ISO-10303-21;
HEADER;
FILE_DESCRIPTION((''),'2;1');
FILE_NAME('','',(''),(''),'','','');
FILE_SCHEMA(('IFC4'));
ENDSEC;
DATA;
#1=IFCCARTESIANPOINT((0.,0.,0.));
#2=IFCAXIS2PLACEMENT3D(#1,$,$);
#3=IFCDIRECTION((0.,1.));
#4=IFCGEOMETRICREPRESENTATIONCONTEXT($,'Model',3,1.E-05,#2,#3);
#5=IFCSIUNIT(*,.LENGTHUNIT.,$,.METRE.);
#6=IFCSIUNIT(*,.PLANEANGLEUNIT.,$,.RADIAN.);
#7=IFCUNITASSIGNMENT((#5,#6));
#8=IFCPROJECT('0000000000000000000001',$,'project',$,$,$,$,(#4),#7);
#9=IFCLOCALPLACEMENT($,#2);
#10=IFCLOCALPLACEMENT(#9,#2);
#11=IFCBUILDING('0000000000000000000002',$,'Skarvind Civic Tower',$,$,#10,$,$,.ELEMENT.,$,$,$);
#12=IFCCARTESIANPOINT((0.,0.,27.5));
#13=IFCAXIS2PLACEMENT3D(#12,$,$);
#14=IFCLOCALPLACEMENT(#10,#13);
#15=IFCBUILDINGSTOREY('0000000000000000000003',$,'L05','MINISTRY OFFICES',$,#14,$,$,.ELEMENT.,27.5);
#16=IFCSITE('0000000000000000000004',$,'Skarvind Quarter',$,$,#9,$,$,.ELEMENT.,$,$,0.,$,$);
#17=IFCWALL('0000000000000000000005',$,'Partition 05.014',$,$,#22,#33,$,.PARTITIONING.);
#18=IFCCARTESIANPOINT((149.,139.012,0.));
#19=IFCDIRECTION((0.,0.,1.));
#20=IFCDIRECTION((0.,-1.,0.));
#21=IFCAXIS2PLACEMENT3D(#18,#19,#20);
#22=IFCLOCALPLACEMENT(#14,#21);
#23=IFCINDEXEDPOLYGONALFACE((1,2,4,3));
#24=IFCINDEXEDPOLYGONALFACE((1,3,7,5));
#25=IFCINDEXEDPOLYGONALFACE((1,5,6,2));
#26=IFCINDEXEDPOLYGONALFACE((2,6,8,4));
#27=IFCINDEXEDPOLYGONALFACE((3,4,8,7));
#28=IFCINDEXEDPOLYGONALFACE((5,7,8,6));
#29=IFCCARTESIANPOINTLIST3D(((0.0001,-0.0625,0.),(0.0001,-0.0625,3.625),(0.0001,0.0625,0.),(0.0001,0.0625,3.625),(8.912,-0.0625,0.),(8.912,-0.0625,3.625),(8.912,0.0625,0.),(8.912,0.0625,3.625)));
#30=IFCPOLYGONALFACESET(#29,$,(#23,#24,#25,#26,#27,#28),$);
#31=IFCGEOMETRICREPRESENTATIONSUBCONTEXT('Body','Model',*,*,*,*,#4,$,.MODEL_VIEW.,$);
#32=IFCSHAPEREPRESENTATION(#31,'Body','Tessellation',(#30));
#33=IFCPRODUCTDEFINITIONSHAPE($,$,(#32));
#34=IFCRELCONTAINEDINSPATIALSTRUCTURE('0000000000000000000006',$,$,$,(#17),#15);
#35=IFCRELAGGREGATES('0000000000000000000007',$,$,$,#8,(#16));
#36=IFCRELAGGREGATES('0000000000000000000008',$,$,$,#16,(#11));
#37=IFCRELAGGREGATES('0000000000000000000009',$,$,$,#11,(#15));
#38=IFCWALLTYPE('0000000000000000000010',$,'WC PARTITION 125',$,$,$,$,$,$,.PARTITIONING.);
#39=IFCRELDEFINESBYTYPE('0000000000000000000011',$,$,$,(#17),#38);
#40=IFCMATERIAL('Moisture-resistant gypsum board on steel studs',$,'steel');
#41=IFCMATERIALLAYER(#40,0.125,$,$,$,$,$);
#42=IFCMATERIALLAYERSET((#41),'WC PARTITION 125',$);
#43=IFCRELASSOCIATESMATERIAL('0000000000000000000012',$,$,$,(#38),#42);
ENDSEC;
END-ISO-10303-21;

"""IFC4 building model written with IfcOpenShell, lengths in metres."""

from ifc_helpers import new_model, si_unit, direction, frame, frame_2d, origin, place, context, subcontext, project, spatial, rectangle, extrude, material, layer, layer_set, type_object, element, save


model = new_model("IFC4")

# Units and contexts
model_context = context("Model", 3, precision=1e-05, world=origin(), true_north=direction((0.0, 1.0)))
body_context = subcontext(model_context, "Body", "Model", "MODEL_VIEW")
ifc_project = project(units=[si_unit("LENGTHUNIT", "METRE"), si_unit("PLANEANGLEUNIT", "RADIAN")], contexts=[model_context])

# Site, building, storey
site_placement = place(None, origin())
site = spatial("IfcSite", under=ifc_project, at=site_placement, Name="Skarvind Quarter", CompositionType="ELEMENT", RefElevation=0.0)
building_placement = place(site_placement, origin())
building = spatial("IfcBuilding", under=site, at=building_placement, Name="Skarvind Civic Tower", CompositionType="ELEMENT")
storey_placement = place(building_placement, frame((0.0, 0.0, 27.5)))
storey = spatial("IfcBuildingStorey", under=building, at=storey_placement, Name="L05", Description="MINISTRY OFFICES", CompositionType="ELEMENT", Elevation=27.5)

# Shared definitions
ifc_material_1 = material(Name="Moisture-resistant gypsum board on steel studs", Category="steel")
ifc_layer_1 = layer(ifc_material_1, 0.125)
ifc_layer_set_1 = layer_set([ifc_layer_1], Name="WC PARTITION 125")
wall_type_1 = type_object("IfcWallType", Name="WC PARTITION 125", PredefinedType="PARTITIONING", material=ifc_layer_set_1)

# Wall
wall_1_placement = place(storey_placement, frame((149.0, 139.012, 0.0), z_axis=(0.0, 0.0, 1.0), x_axis=(0.0, -1.0, 0.0)))
element("IfcWall", 1, at=wall_1_placement, inside=storey, type_object=wall_type_1, Name="Partition 05.014", PredefinedType="PARTITIONING", context=body_context, shape_type="SweptSolid", body=[
    extrude(rectangle(XDim=8.9119, YDim=0.125, at=frame_2d((4.4561, 0.0))), origin(), (0.0, 0.0, 1.0), 3.625),
])

save(model, "model.ifc")
